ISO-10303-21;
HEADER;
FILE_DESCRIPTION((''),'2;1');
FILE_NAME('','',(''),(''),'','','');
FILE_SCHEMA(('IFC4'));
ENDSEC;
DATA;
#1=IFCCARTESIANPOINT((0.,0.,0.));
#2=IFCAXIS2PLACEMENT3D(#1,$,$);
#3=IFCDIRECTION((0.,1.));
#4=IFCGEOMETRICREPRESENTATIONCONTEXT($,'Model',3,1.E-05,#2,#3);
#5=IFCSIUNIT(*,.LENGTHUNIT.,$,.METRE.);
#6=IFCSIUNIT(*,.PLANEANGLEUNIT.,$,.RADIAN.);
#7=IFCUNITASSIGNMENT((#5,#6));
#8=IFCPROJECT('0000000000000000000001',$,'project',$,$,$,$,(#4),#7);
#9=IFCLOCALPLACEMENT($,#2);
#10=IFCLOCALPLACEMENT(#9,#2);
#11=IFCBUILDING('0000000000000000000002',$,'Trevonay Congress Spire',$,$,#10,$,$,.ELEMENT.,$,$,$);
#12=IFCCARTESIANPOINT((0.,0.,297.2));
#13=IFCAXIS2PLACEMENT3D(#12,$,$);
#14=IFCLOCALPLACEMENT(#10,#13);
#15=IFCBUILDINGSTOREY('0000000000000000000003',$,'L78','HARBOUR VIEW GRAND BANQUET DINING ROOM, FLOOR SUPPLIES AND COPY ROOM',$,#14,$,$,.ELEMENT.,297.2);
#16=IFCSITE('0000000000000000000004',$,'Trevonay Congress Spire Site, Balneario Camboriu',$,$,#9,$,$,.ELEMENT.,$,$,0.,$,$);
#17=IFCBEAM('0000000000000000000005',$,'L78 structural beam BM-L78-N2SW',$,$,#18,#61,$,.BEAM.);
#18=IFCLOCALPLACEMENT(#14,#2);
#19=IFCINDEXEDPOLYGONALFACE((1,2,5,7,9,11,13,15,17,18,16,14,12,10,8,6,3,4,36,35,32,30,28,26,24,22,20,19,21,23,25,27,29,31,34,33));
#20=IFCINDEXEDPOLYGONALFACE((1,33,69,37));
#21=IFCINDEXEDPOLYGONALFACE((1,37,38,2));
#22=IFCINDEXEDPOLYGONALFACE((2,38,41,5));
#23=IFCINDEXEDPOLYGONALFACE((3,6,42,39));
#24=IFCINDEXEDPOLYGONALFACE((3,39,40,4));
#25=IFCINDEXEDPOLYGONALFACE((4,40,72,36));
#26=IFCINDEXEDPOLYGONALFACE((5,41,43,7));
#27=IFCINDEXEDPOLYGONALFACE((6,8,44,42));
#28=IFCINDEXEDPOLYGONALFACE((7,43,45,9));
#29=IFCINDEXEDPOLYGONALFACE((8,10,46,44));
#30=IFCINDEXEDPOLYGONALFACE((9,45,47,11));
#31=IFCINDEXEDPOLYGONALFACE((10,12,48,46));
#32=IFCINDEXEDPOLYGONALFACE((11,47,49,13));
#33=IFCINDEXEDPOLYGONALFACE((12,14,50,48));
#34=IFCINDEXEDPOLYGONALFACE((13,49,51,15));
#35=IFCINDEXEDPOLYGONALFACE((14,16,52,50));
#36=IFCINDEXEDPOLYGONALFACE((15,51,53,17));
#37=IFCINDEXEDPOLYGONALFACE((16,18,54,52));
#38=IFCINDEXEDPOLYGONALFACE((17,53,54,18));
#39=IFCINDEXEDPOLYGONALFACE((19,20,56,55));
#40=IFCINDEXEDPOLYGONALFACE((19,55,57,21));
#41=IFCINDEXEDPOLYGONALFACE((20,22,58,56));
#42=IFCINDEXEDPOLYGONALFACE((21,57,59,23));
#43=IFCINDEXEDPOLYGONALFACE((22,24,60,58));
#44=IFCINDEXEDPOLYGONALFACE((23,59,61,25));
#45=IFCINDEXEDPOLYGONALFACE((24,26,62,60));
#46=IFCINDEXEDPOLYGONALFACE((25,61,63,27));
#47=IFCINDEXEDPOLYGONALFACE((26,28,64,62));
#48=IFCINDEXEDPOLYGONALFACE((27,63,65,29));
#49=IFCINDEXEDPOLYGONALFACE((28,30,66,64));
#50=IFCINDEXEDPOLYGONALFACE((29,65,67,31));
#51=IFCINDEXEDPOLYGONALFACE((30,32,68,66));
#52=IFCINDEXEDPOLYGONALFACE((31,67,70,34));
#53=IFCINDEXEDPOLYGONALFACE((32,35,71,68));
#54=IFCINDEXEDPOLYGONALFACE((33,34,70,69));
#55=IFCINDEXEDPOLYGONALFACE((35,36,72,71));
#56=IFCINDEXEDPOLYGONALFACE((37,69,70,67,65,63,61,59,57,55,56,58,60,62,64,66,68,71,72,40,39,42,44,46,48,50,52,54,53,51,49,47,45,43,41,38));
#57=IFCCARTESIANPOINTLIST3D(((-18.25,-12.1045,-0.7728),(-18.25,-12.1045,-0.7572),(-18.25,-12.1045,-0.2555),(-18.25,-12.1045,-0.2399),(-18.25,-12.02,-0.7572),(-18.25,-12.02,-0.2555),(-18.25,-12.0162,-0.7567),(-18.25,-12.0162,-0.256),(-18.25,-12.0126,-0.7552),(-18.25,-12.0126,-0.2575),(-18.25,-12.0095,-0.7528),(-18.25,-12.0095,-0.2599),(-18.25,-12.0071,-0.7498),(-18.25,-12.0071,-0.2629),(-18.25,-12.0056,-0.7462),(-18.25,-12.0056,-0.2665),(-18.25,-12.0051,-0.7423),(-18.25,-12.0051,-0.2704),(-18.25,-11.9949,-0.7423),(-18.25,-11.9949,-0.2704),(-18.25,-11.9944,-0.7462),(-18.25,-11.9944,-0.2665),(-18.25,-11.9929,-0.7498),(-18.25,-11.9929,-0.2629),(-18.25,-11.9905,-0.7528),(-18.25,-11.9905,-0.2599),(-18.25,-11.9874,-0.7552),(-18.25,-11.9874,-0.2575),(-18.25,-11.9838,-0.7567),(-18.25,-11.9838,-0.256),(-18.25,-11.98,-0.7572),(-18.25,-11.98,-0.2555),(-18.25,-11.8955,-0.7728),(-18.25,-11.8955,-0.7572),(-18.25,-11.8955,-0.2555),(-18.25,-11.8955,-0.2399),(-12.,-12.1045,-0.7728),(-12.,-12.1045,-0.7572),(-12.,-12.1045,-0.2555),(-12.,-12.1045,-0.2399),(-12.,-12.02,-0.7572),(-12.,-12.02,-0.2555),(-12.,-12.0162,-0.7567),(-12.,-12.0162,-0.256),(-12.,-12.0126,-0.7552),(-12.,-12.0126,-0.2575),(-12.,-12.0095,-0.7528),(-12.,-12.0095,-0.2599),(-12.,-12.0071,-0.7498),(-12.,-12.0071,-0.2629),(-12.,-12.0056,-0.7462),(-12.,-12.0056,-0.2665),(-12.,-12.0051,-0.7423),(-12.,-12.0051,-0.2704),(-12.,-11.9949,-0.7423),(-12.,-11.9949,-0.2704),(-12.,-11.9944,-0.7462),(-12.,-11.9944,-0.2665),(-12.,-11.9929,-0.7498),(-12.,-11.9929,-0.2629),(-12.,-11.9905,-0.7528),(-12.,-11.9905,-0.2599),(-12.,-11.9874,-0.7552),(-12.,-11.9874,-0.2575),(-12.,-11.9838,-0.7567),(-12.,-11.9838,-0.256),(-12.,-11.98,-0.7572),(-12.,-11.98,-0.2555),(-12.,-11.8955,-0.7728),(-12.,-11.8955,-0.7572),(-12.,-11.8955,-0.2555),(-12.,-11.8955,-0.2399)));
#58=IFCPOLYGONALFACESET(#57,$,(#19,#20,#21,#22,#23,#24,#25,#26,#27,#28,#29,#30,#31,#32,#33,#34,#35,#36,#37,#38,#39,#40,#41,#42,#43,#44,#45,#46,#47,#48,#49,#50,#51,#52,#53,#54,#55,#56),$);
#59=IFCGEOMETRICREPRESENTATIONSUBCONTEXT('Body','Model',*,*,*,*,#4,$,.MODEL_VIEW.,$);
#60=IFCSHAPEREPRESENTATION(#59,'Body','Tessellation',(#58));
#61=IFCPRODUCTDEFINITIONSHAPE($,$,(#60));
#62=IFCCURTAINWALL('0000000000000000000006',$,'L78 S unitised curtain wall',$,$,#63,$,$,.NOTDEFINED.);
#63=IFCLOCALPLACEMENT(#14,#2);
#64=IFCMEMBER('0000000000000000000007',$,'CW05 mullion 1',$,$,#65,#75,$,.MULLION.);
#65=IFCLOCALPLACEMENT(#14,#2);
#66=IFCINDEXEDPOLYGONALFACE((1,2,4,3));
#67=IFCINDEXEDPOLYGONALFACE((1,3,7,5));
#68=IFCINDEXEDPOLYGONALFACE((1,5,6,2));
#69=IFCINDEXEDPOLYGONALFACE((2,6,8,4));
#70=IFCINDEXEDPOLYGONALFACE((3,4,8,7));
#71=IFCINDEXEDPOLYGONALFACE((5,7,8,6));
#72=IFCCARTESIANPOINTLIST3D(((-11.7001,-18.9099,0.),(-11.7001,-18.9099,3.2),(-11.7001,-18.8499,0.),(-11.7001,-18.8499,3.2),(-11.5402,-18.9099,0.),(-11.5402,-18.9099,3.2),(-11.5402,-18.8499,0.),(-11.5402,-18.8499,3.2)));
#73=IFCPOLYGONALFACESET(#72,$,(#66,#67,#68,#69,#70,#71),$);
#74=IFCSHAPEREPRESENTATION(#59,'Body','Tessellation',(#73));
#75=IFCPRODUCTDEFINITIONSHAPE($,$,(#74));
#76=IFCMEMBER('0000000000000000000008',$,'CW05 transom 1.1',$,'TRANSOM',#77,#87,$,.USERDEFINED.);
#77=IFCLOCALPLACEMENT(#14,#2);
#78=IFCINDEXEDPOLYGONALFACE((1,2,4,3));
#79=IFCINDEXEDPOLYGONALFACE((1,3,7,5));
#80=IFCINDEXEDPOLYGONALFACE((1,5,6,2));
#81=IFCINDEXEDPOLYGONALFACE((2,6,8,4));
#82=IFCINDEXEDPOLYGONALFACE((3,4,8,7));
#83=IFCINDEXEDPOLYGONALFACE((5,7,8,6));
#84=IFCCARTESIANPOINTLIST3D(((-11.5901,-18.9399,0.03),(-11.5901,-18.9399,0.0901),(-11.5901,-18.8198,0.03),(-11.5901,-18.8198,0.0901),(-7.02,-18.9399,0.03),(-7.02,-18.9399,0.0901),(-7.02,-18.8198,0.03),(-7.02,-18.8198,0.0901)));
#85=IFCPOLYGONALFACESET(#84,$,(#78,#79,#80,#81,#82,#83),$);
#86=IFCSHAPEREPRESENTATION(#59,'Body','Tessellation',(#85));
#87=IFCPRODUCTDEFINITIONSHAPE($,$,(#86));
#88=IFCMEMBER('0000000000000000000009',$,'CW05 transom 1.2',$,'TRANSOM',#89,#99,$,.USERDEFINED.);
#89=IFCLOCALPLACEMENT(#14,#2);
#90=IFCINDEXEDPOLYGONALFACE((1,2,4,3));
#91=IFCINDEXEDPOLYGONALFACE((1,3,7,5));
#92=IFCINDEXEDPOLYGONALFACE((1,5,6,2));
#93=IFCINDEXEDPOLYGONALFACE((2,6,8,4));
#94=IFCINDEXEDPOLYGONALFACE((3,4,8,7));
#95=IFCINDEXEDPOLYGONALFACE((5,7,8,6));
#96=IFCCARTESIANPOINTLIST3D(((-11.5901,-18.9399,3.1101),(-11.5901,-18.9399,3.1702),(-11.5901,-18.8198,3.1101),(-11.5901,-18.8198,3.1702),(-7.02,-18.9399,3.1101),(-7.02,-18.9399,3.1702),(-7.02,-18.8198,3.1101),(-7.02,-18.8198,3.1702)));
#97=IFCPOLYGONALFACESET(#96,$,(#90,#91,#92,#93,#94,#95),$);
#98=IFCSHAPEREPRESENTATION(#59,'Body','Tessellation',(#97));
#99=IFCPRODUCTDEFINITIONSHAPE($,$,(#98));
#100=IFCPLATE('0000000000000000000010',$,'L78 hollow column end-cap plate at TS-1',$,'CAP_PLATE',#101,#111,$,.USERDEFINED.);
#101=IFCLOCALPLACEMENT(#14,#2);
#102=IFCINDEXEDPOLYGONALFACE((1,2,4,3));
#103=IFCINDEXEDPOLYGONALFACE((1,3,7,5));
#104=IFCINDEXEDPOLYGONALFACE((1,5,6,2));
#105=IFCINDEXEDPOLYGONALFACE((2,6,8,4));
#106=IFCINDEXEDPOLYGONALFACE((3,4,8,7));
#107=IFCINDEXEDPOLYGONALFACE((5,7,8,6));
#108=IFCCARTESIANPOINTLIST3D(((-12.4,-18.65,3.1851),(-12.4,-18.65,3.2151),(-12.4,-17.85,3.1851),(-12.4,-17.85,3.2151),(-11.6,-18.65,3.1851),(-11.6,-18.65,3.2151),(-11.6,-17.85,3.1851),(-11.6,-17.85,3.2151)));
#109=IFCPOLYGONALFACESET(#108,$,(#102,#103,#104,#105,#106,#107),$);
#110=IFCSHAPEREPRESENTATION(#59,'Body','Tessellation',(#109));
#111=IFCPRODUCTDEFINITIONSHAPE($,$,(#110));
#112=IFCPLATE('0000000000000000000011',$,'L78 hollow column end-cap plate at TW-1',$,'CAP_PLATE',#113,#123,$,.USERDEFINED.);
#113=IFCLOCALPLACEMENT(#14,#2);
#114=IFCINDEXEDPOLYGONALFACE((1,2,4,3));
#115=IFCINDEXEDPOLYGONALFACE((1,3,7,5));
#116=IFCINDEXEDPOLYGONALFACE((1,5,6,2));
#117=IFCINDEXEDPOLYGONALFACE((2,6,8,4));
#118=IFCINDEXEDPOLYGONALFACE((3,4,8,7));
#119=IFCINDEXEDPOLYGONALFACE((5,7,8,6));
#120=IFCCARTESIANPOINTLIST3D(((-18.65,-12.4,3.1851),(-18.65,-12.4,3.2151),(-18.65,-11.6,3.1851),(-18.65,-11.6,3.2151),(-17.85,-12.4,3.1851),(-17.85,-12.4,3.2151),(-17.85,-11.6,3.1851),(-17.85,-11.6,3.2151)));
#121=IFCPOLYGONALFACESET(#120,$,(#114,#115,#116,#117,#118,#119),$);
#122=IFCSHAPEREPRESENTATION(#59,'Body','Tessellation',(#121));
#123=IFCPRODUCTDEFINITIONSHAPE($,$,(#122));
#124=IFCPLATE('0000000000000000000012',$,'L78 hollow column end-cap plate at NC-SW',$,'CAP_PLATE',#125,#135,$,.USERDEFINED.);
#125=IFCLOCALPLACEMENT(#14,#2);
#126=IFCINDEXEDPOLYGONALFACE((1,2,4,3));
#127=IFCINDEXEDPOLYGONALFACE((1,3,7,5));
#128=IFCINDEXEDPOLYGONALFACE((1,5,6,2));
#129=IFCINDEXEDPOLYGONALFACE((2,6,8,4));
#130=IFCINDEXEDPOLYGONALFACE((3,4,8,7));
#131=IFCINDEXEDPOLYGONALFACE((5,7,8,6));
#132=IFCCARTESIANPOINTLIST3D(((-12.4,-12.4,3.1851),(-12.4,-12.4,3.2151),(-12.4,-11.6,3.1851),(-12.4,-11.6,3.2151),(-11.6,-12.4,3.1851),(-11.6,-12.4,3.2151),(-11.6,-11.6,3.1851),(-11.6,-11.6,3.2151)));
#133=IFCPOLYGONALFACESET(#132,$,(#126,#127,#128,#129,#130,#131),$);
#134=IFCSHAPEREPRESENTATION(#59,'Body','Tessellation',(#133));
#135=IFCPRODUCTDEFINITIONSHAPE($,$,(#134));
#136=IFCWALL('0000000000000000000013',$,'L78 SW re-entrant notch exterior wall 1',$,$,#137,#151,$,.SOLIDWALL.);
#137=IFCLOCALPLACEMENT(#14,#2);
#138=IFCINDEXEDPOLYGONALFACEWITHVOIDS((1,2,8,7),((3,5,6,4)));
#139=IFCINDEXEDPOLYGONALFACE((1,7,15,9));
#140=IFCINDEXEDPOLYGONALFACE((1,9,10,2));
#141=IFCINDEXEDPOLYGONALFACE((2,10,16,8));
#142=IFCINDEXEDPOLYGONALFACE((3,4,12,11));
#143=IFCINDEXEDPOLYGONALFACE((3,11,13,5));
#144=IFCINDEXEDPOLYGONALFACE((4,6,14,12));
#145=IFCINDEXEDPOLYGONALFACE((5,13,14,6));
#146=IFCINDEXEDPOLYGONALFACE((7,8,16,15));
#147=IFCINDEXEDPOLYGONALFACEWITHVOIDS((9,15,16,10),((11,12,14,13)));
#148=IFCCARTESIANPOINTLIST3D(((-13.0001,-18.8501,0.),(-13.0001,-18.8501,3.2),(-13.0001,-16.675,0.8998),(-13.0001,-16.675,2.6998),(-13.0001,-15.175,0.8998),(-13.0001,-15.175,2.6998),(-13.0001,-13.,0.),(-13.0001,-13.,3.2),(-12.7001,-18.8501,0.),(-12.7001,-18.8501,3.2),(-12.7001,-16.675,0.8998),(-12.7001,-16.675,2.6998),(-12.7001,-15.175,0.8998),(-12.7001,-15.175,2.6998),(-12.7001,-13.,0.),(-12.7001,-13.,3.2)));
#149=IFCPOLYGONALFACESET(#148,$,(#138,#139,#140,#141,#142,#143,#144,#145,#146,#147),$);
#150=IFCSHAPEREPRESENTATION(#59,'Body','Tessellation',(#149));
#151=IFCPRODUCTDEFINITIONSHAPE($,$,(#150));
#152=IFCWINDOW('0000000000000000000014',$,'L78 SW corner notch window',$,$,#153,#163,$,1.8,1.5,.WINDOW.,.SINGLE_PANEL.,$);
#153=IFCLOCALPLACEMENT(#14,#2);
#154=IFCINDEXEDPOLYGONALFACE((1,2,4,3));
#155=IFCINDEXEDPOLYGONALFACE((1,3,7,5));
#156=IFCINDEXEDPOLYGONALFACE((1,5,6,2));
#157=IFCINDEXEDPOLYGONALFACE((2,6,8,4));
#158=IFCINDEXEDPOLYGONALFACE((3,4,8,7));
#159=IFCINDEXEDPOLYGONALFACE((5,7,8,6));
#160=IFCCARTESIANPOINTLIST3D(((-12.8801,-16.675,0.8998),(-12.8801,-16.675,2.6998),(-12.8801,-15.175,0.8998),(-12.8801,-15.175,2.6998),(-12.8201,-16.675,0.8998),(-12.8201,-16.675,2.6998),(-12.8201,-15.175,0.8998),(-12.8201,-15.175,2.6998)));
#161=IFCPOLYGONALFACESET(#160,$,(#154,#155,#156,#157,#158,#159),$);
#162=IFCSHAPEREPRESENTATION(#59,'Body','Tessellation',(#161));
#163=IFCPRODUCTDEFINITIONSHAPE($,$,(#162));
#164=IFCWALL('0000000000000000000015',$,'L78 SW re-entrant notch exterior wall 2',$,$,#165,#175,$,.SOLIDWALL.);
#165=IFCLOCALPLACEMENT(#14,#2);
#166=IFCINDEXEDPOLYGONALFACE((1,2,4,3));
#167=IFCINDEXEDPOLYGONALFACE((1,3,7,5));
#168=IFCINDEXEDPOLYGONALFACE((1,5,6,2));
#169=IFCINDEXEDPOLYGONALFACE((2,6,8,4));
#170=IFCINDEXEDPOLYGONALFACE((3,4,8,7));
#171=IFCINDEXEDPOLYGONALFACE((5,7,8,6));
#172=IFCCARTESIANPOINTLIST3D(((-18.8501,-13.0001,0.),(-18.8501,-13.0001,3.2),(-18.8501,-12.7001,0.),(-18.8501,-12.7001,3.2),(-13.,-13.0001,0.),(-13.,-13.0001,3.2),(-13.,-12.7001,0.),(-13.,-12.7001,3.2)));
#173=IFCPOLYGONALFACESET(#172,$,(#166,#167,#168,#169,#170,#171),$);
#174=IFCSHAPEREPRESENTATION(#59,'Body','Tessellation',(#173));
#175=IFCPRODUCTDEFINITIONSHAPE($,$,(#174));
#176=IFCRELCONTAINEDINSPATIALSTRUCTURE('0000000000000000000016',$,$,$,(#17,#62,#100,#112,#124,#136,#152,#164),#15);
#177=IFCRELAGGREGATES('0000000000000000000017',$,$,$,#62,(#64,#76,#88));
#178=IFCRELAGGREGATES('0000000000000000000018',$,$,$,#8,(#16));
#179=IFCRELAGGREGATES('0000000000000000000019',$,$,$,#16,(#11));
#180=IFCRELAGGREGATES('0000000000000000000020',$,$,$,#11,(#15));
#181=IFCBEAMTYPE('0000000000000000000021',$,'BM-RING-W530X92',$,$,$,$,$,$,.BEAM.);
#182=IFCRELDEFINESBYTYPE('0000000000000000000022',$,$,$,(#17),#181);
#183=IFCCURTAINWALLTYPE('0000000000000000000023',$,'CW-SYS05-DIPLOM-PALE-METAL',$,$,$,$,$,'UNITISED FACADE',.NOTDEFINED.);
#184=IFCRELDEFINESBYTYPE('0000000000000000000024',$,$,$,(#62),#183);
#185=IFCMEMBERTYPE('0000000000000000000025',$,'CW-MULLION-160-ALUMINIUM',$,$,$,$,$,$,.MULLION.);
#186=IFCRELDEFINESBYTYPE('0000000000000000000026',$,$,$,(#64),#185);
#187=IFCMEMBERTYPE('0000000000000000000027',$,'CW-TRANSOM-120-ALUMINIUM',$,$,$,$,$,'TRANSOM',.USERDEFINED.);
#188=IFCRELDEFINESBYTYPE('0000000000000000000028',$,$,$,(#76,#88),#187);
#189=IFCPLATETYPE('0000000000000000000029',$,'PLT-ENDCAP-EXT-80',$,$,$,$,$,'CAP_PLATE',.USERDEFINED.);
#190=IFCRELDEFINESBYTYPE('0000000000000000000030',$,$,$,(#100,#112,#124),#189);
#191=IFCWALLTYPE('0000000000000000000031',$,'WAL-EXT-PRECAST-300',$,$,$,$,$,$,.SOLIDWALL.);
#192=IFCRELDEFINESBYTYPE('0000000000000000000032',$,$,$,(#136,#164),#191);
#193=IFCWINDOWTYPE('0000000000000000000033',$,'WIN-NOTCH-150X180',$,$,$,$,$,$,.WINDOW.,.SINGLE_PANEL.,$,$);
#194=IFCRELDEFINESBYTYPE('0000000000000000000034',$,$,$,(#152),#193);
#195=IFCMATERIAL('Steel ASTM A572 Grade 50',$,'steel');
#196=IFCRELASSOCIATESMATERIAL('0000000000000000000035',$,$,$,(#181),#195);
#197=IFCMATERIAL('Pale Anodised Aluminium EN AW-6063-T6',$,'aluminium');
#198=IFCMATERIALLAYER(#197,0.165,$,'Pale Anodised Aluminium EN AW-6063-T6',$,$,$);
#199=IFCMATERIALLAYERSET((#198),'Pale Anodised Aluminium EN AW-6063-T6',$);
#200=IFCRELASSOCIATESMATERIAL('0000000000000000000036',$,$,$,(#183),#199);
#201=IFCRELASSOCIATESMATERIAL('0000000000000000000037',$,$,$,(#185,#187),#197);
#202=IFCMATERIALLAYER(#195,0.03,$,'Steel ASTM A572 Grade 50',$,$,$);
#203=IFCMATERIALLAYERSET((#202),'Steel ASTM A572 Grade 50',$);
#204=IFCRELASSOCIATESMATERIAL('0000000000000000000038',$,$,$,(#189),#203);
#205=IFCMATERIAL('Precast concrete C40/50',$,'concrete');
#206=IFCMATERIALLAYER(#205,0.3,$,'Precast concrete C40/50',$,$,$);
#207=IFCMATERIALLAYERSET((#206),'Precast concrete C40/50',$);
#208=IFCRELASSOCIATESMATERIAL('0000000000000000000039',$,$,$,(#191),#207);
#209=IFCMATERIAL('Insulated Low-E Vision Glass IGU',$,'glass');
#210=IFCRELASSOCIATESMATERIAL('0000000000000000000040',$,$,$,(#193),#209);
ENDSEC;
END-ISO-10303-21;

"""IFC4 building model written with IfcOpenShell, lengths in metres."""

from ifc_helpers import new_model, si_unit, direction, frame, frame_2d, origin, origin_2d, place, context, subcontext, project, spatial, rectangle, i_section, extrude, material, layer, layer_set, material_profile, profile_set, type_object, element, fill, aggregate, save


model = new_model("IFC4")

# Units and contexts
model_context = context("Model", 3, precision=1e-05, world=origin(), true_north=direction((0.0, 1.0)))
body_context = subcontext(model_context, "Body", "Model", "MODEL_VIEW")
ifc_project = project(units=[si_unit("LENGTHUNIT", "METRE"), si_unit("PLANEANGLEUNIT", "RADIAN")], contexts=[model_context])

# Site, building, storey
site_placement = place(None, origin())
site = spatial("IfcSite", under=ifc_project, at=site_placement, Name="Trevonay Congress Spire Site, Balneario Camboriu", CompositionType="ELEMENT", RefElevation=0.0)
building_placement = place(site_placement, origin())
building = spatial("IfcBuilding", under=site, at=building_placement, Name="Trevonay Congress Spire", CompositionType="ELEMENT")
storey_placement = place(building_placement, frame((0.0, 0.0, 297.2)))
storey = spatial("IfcBuildingStorey", under=building, at=storey_placement, Name="L78", Description="HARBOUR VIEW GRAND BANQUET DINING ROOM, FLOOR SUPPLIES AND COPY ROOM", CompositionType="ELEMENT", Elevation=297.2)

# Shared definitions
ifc_material_1 = material(Name="Steel ASTM A572 Grade 50", Category="steel")

# Beam
ifc_material_profile_1 = material_profile(ifc_material_1, i_section(OverallWidth=0.209, OverallDepth=0.533, WebThickness=0.0103, FlangeThickness=0.0156, FilletRadius=0.0149, at=origin_2d()), Name="W530x92")
ifc_profile_set_1 = profile_set([ifc_material_profile_1], Name="Steel ASTM A572 Grade 50")
beam_type = type_object("IfcBeamType", Name="BM-RING-W530X92", PredefinedType="BEAM", material=ifc_profile_set_1)
for number, where, z_axis, x_axis, name in (
    (1, (-18.25, -12.0, -0.5063), (1.0, 0.0, 0.0), (0.0, 1.0, 0.0), "L78 structural beam BM-L78-N2SW"),
):
    element("IfcBeam", number, at=place(storey_placement, frame(where, z_axis=z_axis, x_axis=x_axis)), inside=storey, type_object=beam_type, Name=name, PredefinedType="BEAM", context=body_context, shape_type="SweptSolid", body=[
        extrude(i_section(OverallWidth=0.209, OverallDepth=0.533, WebThickness=0.0103, FlangeThickness=0.0156, FilletRadius=0.0149, at=origin_2d()), origin(), (0.0, 0.0, 1.0), 6.25),
    ])

# Curtain wall, members
ifc_material_2 = material(Name="Pale Anodised Aluminium EN AW-6063-T6", Category="aluminium")
ifc_layer_1 = layer(ifc_material_2, 0.165, Name="Pale Anodised Aluminium EN AW-6063-T6")
ifc_layer_set_1 = layer_set([ifc_layer_1], Name="Pale Anodised Aluminium EN AW-6063-T6")
curtain_wall_type = type_object("IfcCurtainWallType", Name="CW-SYS05-DIPLOM-PALE-METAL", ElementType="UNITISED FACADE", PredefinedType="NOTDEFINED", material=ifc_layer_set_1)
curtain_wall_placement = place(storey_placement, origin())
curtain_wall = element("IfcCurtainWall", 2, at=curtain_wall_placement, inside=storey, type_object=curtain_wall_type, Name="L78 S unitised curtain wall", PredefinedType="NOTDEFINED")
ifc_material_profile_2 = material_profile(ifc_material_2, rectangle(XDim=0.0601, YDim=0.1599, at=origin_2d()), Name="CW-MULLION-160-ALUMINIUM")
ifc_profile_set_2 = profile_set([ifc_material_profile_2], Name="Pale Anodised Aluminium EN AW-6063-T6")
member_type_1 = type_object("IfcMemberType", Name="CW-MULLION-160-ALUMINIUM", PredefinedType="MULLION", material=ifc_profile_set_2)
member_1_placement = place(storey_placement, frame((-11.6201, -18.8799, 0.0), z_axis=(0.0, 0.0, 1.0), x_axis=(0.0, 1.0, 0.0)))
member_1 = element("IfcMember", 3, at=member_1_placement, type_object=member_type_1, Name="CW05 mullion 1", PredefinedType="MULLION", context=body_context, shape_type="SweptSolid", body=[
    extrude(rectangle(XDim=0.0601, YDim=0.1599, at=origin_2d()), origin(), (0.0, 0.0, 1.0), 3.2),
])
ifc_material_profile_3 = material_profile(ifc_material_2, rectangle(XDim=0.1201, YDim=0.0601, at=origin_2d()), Name="CW-TRANSOM-120-ALUMINIUM")
ifc_profile_set_3 = profile_set([ifc_material_profile_3], Name="Pale Anodised Aluminium EN AW-6063-T6")
member_type_2 = type_object("IfcMemberType", Name="CW-TRANSOM-120-ALUMINIUM", ElementType="TRANSOM", PredefinedType="USERDEFINED", material=ifc_profile_set_3)
member_2_placement = place(storey_placement, frame((-11.5901, -18.8799, 0.0601), z_axis=(1.0, 0.0, 0.0), x_axis=(0.0, 1.0, 0.0)))
member_2 = element("IfcMember", 4, at=member_2_placement, type_object=member_type_2, Name="CW05 transom 1.1", ObjectType="TRANSOM", PredefinedType="USERDEFINED", context=body_context, shape_type="SweptSolid", body=[
    extrude(rectangle(XDim=0.1201, YDim=0.0601, at=origin_2d()), origin(), (0.0, 0.0, 1.0), 4.5701),
])
member_3_placement = place(storey_placement, frame((-11.5901, -18.8799, 3.1401), z_axis=(1.0, 0.0, 0.0), x_axis=(0.0, 1.0, 0.0)))
member_3 = element("IfcMember", 5, at=member_3_placement, type_object=member_type_2, Name="CW05 transom 1.2", ObjectType="TRANSOM", PredefinedType="USERDEFINED", context=body_context, shape_type="SweptSolid", body=[
    extrude(rectangle(XDim=0.1201, YDim=0.0601, at=origin_2d()), origin(), (0.0, 0.0, 1.0), 4.5701),
])
aggregate(curtain_wall, [member_1, member_2, member_3])

# Plates
ifc_layer_2 = layer(ifc_material_1, 0.03, Name="Steel ASTM A572 Grade 50")
ifc_layer_set_2 = layer_set([ifc_layer_2], Name="Steel ASTM A572 Grade 50")
plate_type = type_object("IfcPlateType", Name="PLT-ENDCAP-EXT-80", ElementType="CAP_PLATE", PredefinedType="USERDEFINED", material=ifc_layer_set_2)
for number, where, z_axis, x_axis, name in (
    (6, (-12.0, -18.25, 3.1851), (0.0, 0.0, 1.0), (1.0, 0.0, 0.0), "L78 hollow column end-cap plate at TS-1"),
    (7, (-18.25, -12.0, 3.1851), (0.0, 0.0, 1.0), (1.0, 0.0, 0.0), "L78 hollow column end-cap plate at TW-1"),
    (8, (-12.0, -12.0, 3.1851), (0.0, 0.0, 1.0), (1.0, 0.0, 0.0), "L78 hollow column end-cap plate at NC-SW"),
):
    element("IfcPlate", number, at=place(storey_placement, frame(where, z_axis=z_axis, x_axis=x_axis)), inside=storey, type_object=plate_type, Name=name, ObjectType="CAP_PLATE", PredefinedType="USERDEFINED", context=body_context, shape_type="SweptSolid", body=[
        extrude(rectangle(XDim=0.8, YDim=0.8, at=origin_2d()), origin(), (0.0, 0.0, 1.0), 0.03),
    ])

# Wall, opening, window
ifc_material_3 = material(Name="Precast concrete C40/50", Category="concrete")
ifc_layer_3 = layer(ifc_material_3, 0.3, Name="Precast concrete C40/50")
ifc_layer_set_3 = layer_set([ifc_layer_3], Name="Precast concrete C40/50")
wall_type_1 = type_object("IfcWallType", Name="WAL-EXT-PRECAST-300", PredefinedType="SOLIDWALL", material=ifc_layer_set_3)
wall_1_placement = place(storey_placement, frame((-12.8501, -18.8501, 0.0), z_axis=(0.0, 0.0, 1.0), x_axis=(0.0, 1.0, 0.0)))
wall_1 = element("IfcWall", 9, at=wall_1_placement, inside=storey, type_object=wall_type_1, Name="L78 SW re-entrant notch exterior wall 1", PredefinedType="SOLIDWALL", context=body_context, shape_type="SweptSolid", body=[
    extrude(rectangle(XDim=5.8501, YDim=0.3, at=frame_2d((2.925, 0.0))), origin(), (0.0, 0.0, 1.0), 3.2),
])
opening_placement = place(wall_1_placement, frame((2.175, 0.0, 0.8999)))
opening = element("IfcOpeningElement", 10, at=opening_placement, cuts=wall_1, PredefinedType="OPENING", context=body_context, shape_type="SweptSolid", body=[
    extrude(rectangle(XDim=1.5, YDim=1.8, at=frame_2d((0.75, 0.8999))), frame((0.0, 0.1602, 0.0), z_axis=(0.0, -1.0, 0.0), x_axis=(1.0, 0.0, 0.0)), (0.0, 0.0, 1.0), 0.3201),
])
ifc_material_4 = material(Name="Insulated Low-E Vision Glass IGU", Category="glass")
window_type = type_object("IfcWindowType", Name="WIN-NOTCH-150X180", PartitioningType="SINGLE_PANEL", PredefinedType="WINDOW", material=ifc_material_4)
window_placement = place(opening_placement, origin())
window = element("IfcWindow", 11, at=window_placement, inside=storey, type_object=window_type, Name="L78 SW corner notch window", OverallHeight=1.8, OverallWidth=1.5, PartitioningType="SINGLE_PANEL", PredefinedType="WINDOW", context=body_context, shape_type="SweptSolid", body=[
    extrude(rectangle(XDim=1.5, YDim=1.8, at=frame_2d((0.75, 0.8999))), frame((0.0, 0.03, 0.0), z_axis=(0.0, -1.0, 0.0), x_axis=(1.0, 0.0, 0.0)), (0.0, 0.0, 1.0), 0.0601),
])
fill(opening, window)

# Wall
wall_2_placement = place(storey_placement, frame((-18.8501, -12.8501, 0.0), z_axis=(0.0, 0.0, 1.0), x_axis=(1.0, 0.0, 0.0)))
element("IfcWall", 12, at=wall_2_placement, inside=storey, type_object=wall_type_1, Name="L78 SW re-entrant notch exterior wall 2", PredefinedType="SOLIDWALL", context=body_context, shape_type="SweptSolid", body=[
    extrude(rectangle(XDim=5.8501, YDim=0.3, at=frame_2d((2.925, 0.0))), origin(), (0.0, 0.0, 1.0), 3.2),
])

save(model, "model.ifc")
